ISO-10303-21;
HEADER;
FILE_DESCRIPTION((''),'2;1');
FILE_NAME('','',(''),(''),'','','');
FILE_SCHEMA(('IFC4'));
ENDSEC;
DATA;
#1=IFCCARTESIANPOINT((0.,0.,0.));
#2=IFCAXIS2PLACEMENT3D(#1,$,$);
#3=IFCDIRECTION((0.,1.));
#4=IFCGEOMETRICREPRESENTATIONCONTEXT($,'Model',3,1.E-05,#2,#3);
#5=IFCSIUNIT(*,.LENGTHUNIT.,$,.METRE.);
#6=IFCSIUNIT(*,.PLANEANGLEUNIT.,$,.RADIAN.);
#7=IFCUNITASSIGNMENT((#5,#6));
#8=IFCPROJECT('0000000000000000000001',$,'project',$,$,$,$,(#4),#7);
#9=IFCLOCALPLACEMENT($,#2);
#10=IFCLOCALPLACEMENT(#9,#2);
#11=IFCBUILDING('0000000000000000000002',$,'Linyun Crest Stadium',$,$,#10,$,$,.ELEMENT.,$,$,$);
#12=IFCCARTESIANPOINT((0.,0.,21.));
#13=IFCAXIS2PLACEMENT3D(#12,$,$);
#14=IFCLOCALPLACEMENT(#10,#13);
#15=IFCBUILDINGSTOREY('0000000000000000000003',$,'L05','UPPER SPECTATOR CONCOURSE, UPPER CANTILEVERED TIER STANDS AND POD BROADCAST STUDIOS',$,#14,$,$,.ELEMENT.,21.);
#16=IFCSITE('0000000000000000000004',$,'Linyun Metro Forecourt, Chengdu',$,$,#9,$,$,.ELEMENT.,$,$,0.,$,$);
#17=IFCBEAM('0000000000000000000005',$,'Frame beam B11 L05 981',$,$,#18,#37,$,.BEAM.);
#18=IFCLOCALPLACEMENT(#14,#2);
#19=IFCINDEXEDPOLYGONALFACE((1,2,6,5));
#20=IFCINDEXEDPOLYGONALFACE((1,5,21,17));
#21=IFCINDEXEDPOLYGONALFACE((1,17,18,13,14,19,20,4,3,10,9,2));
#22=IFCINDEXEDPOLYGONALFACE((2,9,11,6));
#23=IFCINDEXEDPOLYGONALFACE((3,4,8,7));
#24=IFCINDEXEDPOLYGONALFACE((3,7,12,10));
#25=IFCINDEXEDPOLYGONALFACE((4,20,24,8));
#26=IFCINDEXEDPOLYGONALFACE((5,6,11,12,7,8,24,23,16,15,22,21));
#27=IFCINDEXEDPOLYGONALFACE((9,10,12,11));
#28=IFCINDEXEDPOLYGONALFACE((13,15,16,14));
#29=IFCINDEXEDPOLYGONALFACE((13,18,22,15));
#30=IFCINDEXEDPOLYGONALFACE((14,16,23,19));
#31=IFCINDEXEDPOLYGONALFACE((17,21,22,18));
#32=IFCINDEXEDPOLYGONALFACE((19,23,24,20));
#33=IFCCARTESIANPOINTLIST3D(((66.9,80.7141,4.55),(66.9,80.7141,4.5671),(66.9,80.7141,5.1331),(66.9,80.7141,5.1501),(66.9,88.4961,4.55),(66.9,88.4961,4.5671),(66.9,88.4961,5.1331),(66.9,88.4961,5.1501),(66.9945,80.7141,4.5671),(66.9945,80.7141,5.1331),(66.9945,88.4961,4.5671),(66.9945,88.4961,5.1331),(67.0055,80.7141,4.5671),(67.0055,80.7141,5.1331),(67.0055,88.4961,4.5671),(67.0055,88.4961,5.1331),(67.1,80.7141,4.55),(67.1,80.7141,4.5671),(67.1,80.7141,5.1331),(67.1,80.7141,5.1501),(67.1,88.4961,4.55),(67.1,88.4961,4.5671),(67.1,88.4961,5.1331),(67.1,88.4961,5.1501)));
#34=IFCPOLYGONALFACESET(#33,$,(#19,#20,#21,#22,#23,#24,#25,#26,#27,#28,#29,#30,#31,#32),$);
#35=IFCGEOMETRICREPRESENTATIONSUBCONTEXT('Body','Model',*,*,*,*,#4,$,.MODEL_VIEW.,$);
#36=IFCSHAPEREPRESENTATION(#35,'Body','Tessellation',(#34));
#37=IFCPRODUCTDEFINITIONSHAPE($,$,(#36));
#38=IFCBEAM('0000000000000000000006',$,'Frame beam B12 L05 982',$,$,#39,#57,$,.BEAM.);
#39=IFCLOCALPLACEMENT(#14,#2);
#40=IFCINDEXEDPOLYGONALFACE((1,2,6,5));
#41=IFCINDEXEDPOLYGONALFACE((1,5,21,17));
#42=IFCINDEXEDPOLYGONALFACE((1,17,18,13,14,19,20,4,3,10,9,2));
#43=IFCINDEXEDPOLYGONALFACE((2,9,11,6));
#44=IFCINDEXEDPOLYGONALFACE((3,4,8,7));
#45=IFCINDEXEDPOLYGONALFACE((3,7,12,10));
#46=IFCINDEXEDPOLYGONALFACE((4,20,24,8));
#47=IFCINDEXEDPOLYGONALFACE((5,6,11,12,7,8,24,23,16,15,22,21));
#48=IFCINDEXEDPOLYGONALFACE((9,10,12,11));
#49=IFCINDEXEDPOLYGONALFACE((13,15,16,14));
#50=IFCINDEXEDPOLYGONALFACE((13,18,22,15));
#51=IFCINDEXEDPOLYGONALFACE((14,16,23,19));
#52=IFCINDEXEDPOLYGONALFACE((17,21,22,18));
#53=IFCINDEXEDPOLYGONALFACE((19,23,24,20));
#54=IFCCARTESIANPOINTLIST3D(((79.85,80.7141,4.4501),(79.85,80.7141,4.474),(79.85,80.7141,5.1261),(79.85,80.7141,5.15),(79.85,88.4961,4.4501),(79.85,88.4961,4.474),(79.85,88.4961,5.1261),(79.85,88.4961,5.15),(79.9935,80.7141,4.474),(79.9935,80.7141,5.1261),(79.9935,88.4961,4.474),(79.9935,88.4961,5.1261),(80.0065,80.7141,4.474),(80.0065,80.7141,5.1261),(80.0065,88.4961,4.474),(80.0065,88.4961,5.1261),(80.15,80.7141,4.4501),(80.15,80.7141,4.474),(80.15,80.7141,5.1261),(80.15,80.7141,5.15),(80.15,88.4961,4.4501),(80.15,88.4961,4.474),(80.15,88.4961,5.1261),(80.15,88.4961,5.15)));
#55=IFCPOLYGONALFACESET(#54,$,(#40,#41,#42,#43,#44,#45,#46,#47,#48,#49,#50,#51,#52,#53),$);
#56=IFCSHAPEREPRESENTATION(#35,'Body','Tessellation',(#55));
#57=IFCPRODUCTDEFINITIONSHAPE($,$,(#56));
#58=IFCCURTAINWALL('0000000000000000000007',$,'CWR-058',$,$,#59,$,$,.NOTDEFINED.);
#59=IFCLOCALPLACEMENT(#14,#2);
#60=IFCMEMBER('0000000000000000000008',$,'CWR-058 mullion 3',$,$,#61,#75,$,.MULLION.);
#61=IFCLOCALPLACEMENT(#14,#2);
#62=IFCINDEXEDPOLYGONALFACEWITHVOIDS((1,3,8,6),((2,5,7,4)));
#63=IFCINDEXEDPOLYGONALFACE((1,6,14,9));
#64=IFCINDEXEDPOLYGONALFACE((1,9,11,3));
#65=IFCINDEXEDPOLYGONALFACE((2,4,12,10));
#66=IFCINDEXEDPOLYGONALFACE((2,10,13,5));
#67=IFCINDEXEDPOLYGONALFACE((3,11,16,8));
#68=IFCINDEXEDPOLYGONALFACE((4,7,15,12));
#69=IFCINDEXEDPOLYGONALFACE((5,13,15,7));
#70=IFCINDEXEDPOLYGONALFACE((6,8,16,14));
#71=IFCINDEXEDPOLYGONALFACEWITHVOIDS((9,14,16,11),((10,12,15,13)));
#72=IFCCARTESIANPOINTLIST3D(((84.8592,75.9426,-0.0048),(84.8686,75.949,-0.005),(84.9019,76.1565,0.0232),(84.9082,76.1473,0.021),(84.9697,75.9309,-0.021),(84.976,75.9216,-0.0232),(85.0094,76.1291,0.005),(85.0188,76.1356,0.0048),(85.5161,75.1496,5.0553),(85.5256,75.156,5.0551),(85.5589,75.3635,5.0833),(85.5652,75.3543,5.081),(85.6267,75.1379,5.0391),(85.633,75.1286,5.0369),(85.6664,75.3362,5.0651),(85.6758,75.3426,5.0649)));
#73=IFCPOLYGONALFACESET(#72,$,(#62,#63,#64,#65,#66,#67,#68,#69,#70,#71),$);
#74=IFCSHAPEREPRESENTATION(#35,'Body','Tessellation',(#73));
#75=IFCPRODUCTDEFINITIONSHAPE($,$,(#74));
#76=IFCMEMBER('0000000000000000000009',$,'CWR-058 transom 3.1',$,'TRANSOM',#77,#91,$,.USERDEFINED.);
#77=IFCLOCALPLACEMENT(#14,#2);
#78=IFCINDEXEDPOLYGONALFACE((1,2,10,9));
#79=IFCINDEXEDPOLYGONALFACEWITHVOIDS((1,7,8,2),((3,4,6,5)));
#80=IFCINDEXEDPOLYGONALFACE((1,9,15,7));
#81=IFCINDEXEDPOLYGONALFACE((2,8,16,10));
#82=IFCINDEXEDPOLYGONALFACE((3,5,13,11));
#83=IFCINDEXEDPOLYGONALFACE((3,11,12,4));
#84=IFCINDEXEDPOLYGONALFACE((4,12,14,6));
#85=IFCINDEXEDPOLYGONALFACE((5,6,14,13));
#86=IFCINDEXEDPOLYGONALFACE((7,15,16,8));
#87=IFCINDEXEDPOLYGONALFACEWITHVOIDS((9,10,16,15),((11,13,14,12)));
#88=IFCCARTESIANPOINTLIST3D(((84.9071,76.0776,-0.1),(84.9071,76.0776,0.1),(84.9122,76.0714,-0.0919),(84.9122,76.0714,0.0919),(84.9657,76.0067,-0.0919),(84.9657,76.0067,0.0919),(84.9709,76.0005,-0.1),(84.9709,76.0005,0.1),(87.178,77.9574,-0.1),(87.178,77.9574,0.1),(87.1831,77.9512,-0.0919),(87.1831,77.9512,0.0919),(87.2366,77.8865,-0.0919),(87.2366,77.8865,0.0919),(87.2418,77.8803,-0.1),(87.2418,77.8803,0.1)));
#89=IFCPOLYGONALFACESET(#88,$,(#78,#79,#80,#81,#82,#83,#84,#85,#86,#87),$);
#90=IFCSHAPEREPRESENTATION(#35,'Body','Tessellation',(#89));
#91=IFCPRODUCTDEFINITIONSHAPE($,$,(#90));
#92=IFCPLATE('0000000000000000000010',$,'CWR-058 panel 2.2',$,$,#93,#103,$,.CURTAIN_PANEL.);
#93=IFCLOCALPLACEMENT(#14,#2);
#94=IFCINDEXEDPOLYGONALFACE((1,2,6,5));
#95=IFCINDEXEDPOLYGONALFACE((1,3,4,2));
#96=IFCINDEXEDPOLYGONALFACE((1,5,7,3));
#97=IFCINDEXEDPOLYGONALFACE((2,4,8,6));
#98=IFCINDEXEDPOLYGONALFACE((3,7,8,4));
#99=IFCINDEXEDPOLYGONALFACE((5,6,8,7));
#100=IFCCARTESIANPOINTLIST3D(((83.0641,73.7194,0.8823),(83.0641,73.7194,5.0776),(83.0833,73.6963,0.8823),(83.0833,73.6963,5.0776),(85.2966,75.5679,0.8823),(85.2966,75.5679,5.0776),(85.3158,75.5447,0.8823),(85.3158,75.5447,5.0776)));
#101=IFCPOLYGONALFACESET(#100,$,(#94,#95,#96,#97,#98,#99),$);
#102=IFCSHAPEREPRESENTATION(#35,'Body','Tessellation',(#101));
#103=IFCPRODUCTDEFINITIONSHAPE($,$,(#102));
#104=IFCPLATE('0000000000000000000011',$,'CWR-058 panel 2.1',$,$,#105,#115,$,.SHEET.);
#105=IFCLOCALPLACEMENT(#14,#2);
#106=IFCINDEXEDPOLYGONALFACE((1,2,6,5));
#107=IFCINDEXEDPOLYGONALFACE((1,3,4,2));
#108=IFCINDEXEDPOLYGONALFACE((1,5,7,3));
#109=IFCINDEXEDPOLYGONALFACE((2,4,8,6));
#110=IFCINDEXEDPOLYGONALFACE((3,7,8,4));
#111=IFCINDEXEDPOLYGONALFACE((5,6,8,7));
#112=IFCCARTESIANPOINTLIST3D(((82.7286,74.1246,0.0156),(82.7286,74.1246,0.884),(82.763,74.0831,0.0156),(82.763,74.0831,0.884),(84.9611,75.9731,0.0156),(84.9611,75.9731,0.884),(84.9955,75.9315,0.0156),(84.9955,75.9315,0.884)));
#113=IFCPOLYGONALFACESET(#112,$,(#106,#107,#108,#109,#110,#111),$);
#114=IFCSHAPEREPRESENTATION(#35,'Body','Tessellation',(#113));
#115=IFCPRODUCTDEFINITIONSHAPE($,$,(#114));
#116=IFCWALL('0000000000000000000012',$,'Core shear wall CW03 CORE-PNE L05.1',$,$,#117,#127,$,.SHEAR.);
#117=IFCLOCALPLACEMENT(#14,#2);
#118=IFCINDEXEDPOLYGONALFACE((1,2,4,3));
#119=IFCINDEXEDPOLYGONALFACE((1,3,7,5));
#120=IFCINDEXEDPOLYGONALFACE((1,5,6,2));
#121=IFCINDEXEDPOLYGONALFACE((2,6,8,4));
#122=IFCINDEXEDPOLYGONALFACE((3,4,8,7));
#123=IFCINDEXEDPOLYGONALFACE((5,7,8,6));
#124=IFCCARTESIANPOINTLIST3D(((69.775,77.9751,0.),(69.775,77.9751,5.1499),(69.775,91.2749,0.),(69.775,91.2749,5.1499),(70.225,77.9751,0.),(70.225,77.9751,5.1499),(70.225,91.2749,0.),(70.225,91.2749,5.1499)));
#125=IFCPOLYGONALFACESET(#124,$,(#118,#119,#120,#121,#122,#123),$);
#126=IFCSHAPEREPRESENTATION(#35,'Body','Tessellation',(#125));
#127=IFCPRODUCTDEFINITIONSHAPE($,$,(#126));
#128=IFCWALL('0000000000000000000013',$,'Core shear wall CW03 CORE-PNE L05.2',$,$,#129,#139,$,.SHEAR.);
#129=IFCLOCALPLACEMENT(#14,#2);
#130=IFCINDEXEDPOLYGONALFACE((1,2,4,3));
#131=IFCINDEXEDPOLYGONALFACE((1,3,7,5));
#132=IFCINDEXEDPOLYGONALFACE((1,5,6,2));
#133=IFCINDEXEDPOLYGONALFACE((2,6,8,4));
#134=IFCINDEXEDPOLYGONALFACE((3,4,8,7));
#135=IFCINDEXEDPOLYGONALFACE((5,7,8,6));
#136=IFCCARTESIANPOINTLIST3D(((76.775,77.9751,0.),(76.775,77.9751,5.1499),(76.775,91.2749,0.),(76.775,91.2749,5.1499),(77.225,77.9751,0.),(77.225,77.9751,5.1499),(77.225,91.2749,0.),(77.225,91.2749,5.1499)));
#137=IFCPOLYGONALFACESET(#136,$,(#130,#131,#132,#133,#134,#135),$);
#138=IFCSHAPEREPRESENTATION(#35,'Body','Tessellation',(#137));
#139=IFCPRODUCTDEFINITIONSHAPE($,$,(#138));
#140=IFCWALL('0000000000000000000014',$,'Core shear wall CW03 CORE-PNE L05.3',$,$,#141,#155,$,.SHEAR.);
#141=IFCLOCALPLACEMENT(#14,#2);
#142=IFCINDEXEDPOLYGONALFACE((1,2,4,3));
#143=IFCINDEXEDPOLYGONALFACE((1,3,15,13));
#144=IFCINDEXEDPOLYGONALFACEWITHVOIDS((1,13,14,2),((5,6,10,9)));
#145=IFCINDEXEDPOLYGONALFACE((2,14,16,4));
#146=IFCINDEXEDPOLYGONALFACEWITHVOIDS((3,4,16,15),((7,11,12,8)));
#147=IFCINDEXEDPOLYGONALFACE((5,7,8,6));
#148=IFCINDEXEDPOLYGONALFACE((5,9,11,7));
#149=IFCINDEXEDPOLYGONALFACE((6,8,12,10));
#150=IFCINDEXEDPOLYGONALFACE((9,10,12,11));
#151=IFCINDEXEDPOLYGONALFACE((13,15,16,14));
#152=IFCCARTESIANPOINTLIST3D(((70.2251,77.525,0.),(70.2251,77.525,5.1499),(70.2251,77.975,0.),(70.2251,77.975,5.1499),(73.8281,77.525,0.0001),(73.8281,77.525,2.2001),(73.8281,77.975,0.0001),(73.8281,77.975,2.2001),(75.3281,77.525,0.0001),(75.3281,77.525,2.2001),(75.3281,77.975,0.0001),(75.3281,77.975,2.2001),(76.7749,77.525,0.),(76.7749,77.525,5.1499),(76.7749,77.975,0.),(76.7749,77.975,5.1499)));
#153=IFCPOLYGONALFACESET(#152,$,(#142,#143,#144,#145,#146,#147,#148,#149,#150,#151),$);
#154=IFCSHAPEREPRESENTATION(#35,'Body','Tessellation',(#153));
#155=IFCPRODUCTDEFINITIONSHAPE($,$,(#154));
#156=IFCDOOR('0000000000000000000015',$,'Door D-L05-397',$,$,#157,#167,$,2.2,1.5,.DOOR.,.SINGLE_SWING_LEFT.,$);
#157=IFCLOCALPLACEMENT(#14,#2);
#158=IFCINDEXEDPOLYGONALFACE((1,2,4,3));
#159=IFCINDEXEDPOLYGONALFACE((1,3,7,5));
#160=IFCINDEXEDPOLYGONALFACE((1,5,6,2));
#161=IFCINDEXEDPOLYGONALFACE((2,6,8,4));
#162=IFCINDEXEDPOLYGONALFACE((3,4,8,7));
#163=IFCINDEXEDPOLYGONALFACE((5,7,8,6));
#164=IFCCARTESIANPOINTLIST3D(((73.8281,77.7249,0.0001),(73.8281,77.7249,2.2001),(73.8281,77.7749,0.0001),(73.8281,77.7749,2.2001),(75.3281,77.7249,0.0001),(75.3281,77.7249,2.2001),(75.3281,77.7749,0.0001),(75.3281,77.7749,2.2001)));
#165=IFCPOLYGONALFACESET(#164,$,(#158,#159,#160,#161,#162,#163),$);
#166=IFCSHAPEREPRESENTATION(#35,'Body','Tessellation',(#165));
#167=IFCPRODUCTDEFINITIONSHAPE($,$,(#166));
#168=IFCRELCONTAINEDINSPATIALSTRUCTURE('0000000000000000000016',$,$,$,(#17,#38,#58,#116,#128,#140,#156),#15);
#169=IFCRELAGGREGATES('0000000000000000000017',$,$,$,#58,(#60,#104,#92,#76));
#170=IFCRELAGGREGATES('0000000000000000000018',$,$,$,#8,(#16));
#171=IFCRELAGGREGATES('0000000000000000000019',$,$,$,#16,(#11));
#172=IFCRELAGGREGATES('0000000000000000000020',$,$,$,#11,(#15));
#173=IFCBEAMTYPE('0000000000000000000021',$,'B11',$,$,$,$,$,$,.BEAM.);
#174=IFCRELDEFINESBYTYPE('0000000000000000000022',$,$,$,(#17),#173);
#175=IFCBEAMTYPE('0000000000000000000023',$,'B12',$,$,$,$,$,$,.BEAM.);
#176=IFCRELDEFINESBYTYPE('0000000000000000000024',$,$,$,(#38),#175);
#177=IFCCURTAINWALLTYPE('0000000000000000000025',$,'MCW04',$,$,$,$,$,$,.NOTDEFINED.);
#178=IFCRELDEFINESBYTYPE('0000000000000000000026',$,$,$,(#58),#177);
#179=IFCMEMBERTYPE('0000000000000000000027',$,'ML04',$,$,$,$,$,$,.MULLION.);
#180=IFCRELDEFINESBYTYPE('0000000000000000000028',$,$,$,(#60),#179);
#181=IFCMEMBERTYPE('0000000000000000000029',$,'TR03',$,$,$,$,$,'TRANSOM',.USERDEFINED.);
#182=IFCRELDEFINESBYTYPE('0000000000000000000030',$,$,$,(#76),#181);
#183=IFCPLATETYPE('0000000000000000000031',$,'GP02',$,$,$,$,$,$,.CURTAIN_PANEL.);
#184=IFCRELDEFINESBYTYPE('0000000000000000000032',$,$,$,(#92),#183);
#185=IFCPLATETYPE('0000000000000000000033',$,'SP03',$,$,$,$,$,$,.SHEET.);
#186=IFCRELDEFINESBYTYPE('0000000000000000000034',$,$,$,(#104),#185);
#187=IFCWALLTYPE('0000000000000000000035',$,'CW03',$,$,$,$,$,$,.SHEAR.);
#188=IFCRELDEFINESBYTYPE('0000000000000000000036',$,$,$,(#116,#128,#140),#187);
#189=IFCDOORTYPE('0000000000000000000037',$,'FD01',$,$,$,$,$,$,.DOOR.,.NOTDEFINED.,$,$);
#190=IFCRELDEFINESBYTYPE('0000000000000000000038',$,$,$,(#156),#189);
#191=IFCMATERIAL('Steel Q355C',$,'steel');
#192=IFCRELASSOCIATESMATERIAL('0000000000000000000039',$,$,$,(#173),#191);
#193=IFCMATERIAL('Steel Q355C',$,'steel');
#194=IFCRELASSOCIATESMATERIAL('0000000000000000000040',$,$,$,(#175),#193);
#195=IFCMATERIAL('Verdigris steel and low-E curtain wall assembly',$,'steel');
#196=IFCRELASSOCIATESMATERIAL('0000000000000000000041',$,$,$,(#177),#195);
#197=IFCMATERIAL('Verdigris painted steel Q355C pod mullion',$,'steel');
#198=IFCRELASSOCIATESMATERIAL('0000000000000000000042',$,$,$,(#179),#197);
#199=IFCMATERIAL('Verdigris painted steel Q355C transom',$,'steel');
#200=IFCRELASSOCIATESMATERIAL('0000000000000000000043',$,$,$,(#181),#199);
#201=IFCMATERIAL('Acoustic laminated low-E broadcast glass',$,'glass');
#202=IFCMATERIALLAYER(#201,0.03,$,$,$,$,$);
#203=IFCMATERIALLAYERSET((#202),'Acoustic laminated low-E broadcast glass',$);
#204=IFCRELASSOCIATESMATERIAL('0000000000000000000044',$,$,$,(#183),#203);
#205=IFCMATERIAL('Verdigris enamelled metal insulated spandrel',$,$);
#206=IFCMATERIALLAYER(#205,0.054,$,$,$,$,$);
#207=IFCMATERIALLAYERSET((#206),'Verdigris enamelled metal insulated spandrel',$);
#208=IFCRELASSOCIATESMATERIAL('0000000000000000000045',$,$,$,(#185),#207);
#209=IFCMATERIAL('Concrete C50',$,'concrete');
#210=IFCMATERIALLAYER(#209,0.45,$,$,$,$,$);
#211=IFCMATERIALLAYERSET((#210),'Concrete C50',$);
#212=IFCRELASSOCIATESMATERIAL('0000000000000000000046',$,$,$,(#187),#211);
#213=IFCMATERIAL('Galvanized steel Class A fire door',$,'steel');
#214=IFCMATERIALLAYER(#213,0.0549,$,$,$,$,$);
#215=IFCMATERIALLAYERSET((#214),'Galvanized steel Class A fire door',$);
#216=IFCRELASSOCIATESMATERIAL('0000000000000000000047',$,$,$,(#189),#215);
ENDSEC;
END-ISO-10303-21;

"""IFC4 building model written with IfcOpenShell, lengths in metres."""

from ifc_helpers import new_model, si_unit, direction, frame, frame_2d, origin, origin_2d, place, context, subcontext, project, spatial, rectangle, hollow_rectangle, i_section, extrude, material, layer, layer_set, material_profile, profile_set, type_object, element, fill, aggregate, save


model = new_model("IFC4")

# Units and contexts
model_context = context("Model", 3, precision=1e-05, world=origin(), true_north=direction((0.0, 1.0)))
body_context = subcontext(model_context, "Body", "Model", "MODEL_VIEW")
ifc_project = project(units=[si_unit("LENGTHUNIT", "METRE"), si_unit("PLANEANGLEUNIT", "RADIAN")], contexts=[model_context])

# Site, building, storey
site_placement = place(None, origin())
site = spatial("IfcSite", under=ifc_project, at=site_placement, Name="Linyun Metro Forecourt, Chengdu", CompositionType="ELEMENT", RefElevation=0.0)
building_placement = place(site_placement, origin())
building = spatial("IfcBuilding", under=site, at=building_placement, Name="Linyun Crest Stadium", CompositionType="ELEMENT")
storey_placement = place(building_placement, frame((0.0, 0.0, 21.0)))
storey = spatial("IfcBuildingStorey", under=building, at=storey_placement, Name="L05", Description="UPPER SPECTATOR CONCOURSE, UPPER CANTILEVERED TIER STANDS AND POD BROADCAST STUDIOS", CompositionType="ELEMENT", Elevation=21.0)

# Beams
ifc_material_1 = material(Name="Steel Q355C", Category="steel")
ifc_material_profile_1 = material_profile(ifc_material_1, i_section(OverallWidth=0.2, OverallDepth=0.6001, WebThickness=0.011, FlangeThickness=0.0171, at=origin_2d()), Name="HN 600x200")
ifc_profile_set_1 = profile_set([ifc_material_profile_1], Name="Steel Q355C")
beam_type_1 = type_object("IfcBeamType", Name="B11", PredefinedType="BEAM", material=ifc_profile_set_1)
beam_1_placement = place(storey_placement, frame((67.0, 80.7141, 4.8501), z_axis=(0.0, 1.0, 0.0), x_axis=(-1.0, 0.0, 0.0)))
element("IfcBeam", 1, at=beam_1_placement, inside=storey, type_object=beam_type_1, Name="Frame beam B11 L05 981", PredefinedType="BEAM", context=body_context, shape_type="SweptSolid", body=[
    extrude(i_section(OverallWidth=0.2, OverallDepth=0.6001, WebThickness=0.011, FlangeThickness=0.0171, at=origin_2d()), origin(), (0.0, 0.0, 1.0), 7.782),
])
ifc_material_2 = material(Name="Steel Q355C", Category="steel")
ifc_material_profile_2 = material_profile(ifc_material_2, i_section(OverallWidth=0.3, OverallDepth=0.7, WebThickness=0.0129, FlangeThickness=0.0239, at=origin_2d()), Name="HN 700x300")
ifc_profile_set_2 = profile_set([ifc_material_profile_2], Name="Steel Q355C")
beam_type_2 = type_object("IfcBeamType", Name="B12", PredefinedType="BEAM", material=ifc_profile_set_2)
beam_2_placement = place(storey_placement, frame((80.0, 80.7141, 4.8), z_axis=(0.0, 1.0, 0.0), x_axis=(-1.0, 0.0, 0.0)))
element("IfcBeam", 2, at=beam_2_placement, inside=storey, type_object=beam_type_2, Name="Frame beam B12 L05 982", PredefinedType="BEAM", context=body_context, shape_type="SweptSolid", body=[
    extrude(i_section(OverallWidth=0.3, OverallDepth=0.7, WebThickness=0.0129, FlangeThickness=0.0239, at=origin_2d()), origin(), (0.0, 0.0, 1.0), 7.782),
])

# Curtain wall, members, plates
ifc_material_3 = material(Name="Verdigris steel and low-E curtain wall assembly", Category="steel")
curtain_wall_type = type_object("IfcCurtainWallType", Name="MCW04", PredefinedType="NOTDEFINED", material=ifc_material_3)
curtain_wall_placement = place(storey_placement, origin())
curtain_wall = element("IfcCurtainWall", 3, at=curtain_wall_placement, inside=storey, type_object=curtain_wall_type, Name="CWR-058", PredefinedType="NOTDEFINED")
ifc_material_4 = material(Name="Verdigris painted steel Q355C pod mullion", Category="steel")
ifc_material_profile_3 = material_profile(ifc_material_4, hollow_rectangle(XDim=0.1201, YDim=0.22, WallThickness=0.0081, at=origin_2d()), Name="RHS 220x120x8")
ifc_profile_set_3 = profile_set([ifc_material_profile_3], Name="Verdigris painted steel Q355C pod mullion")
member_type_1 = type_object("IfcMemberType", Name="ML04", PredefinedType="MULLION", material=ifc_profile_set_3)
member_1_placement = place(storey_placement, frame((84.939, 76.0391, 0.0), z_axis=(0.127229, -0.153564, 0.979914), x_axis=(-0.972619, 0.174403, 0.153613)))
member_1 = element("IfcMember", 4, at=member_1_placement, type_object=member_type_1, Name="CWR-058 mullion 3", PredefinedType="MULLION", context=body_context, shape_type="SweptSolid", body=[
    extrude(hollow_rectangle(XDim=0.1201, YDim=0.22, WallThickness=0.0081, at=origin_2d()), origin(), (0.0, 0.0, 1.0), 5.1638),
])
ifc_material_5 = material(Name="Verdigris painted steel Q355C transom", Category="steel")
ifc_material_profile_4 = material_profile(ifc_material_5, hollow_rectangle(XDim=0.1001, YDim=0.2, WallThickness=0.0081, at=origin_2d()), Name="RHS 200x100x8")
ifc_profile_set_4 = profile_set([ifc_material_profile_4], Name="Verdigris painted steel Q355C transom")
member_type_2 = type_object("IfcMemberType", Name="TR03", ElementType="TRANSOM", PredefinedType="USERDEFINED", material=ifc_profile_set_4)
member_2_placement = place(storey_placement, frame((84.939, 76.0391, 0.0), z_axis=(0.770321, 0.637656, 0.0), x_axis=(-0.637656, 0.770321, 0.0)))
member_2 = element("IfcMember", 5, at=member_2_placement, type_object=member_type_2, Name="CWR-058 transom 3.1", ObjectType="TRANSOM", PredefinedType="USERDEFINED", context=body_context, shape_type="SweptSolid", body=[
    extrude(hollow_rectangle(XDim=0.1001, YDim=0.2, WallThickness=0.0081, at=origin_2d()), origin(), (0.0, 0.0, 1.0), 2.948),
])
ifc_material_6 = material(Name="Acoustic laminated low-E broadcast glass", Category="glass")
ifc_layer_1 = layer(ifc_material_6, 0.03)
ifc_layer_set_1 = layer_set([ifc_layer_1], Name="Acoustic laminated low-E broadcast glass")
plate_type_1 = type_object("IfcPlateType", Name="GP02", PredefinedType="CURTAIN_PANEL", material=ifc_layer_set_1)
plate_1_placement = place(storey_placement, frame((84.1899, 74.6321, 0.8823), z_axis=(0.0, 0.0, 1.0), x_axis=(0.770246, 0.637747, 0.0)))
plate_1 = element("IfcPlate", 6, at=plate_1_placement, type_object=plate_type_1, Name="CWR-058 panel 2.2", PredefinedType="CURTAIN_PANEL", context=body_context, shape_type="SweptSolid", body=[
    extrude(rectangle(XDim=2.8984, YDim=0.03, at=origin_2d()), origin(), (0.0, 0.0, 1.0), 4.1953),
])
ifc_material_7 = material(Name="Verdigris enamelled metal insulated spandrel")
ifc_layer_2 = layer(ifc_material_7, 0.054)
ifc_layer_set_2 = layer_set([ifc_layer_2], Name="Verdigris enamelled metal insulated spandrel")
plate_type_2 = type_object("IfcPlateType", Name="SP03", PredefinedType="SHEET", material=ifc_layer_set_2)
plate_2_placement = place(storey_placement, frame((83.8621, 75.0281, 0.0156), z_axis=(0.0, 0.0, 1.0), x_axis=(0.770246, 0.637747, 0.0)))
plate_2 = element("IfcPlate", 7, at=plate_2_placement, type_object=plate_type_2, Name="CWR-058 panel 2.1", PredefinedType="SHEET", context=body_context, shape_type="SweptSolid", body=[
    extrude(rectangle(XDim=2.8984, YDim=0.054, at=origin_2d()), origin(), (0.0, 0.0, 1.0), 0.8684),
])
aggregate(curtain_wall, [member_1, plate_2, plate_1, member_2])

# Walls
ifc_material_8 = material(Name="Concrete C50", Category="concrete")
ifc_layer_3 = layer(ifc_material_8, 0.45)
ifc_layer_set_3 = layer_set([ifc_layer_3], Name="Concrete C50")
wall_type_1 = type_object("IfcWallType", Name="CW03", PredefinedType="SHEAR", material=ifc_layer_set_3)
for number, where, z_axis, x_axis, name in (
    (8, (70.0, 77.9751, 0.0), (0.0, 0.0, 1.0), (0.0, 1.0, 0.0), "Core shear wall CW03 CORE-PNE L05.1"),
    (9, (77.0, 77.9751, 0.0), (0.0, 0.0, 1.0), (0.0, 1.0, 0.0), "Core shear wall CW03 CORE-PNE L05.2"),
):
    element("IfcWall", number, at=place(storey_placement, frame(where, z_axis=z_axis, x_axis=x_axis)), inside=storey, type_object=wall_type_1, Name=name, PredefinedType="SHEAR", context=body_context, shape_type="SweptSolid", body=[
        extrude(rectangle(XDim=13.2998, YDim=0.45, at=frame_2d((6.6499, 0.0))), origin(), (0.0, 0.0, 1.0), 5.1499),
    ])

# Wall, opening, door
wall_1_placement = place(storey_placement, frame((70.2251, 77.75, 0.0), z_axis=(0.0, 0.0, 1.0), x_axis=(1.0, 0.0, 0.0)))
wall_1 = element("IfcWall", 10, at=wall_1_placement, inside=storey, type_object=wall_type_1, Name="Core shear wall CW03 CORE-PNE L05.3", PredefinedType="SHEAR", context=body_context, shape_type="SweptSolid", body=[
    extrude(rectangle(XDim=6.5498, YDim=0.45, at=frame_2d((3.2749, 0.0))), origin(), (0.0, 0.0, 1.0), 5.1499),
])
opening_1_placement = place(wall_1_placement, frame((3.603, 0.0, 0.0)))
opening_1 = element("IfcOpeningElement", 11, at=opening_1_placement, cuts=wall_1, PredefinedType="OPENING", context=body_context, shape_type="SweptSolid", body=[
    extrude(rectangle(XDim=1.5, YDim=2.2, at=frame_2d((0.75, 1.1001))), frame((0.0, 0.2349, 0.0), z_axis=(0.0, -1.0, 0.0), x_axis=(1.0, 0.0, 0.0)), (0.0, 0.0, 1.0), 0.47),
])
ifc_material_9 = material(Name="Galvanized steel Class A fire door", Category="steel")
ifc_layer_4 = layer(ifc_material_9, 0.0549)
ifc_layer_set_4 = layer_set([ifc_layer_4], Name="Galvanized steel Class A fire door")
door_type_1 = type_object("IfcDoorType", Name="FD01", OperationType="NOTDEFINED", PredefinedType="DOOR", material=ifc_layer_set_4)
door_1_placement = place(opening_1_placement, origin())
door_1 = element("IfcDoor", 12, at=door_1_placement, inside=storey, type_object=door_type_1, Name="Door D-L05-397", OperationType="SINGLE_SWING_LEFT", OverallHeight=2.2, OverallWidth=1.5, PredefinedType="DOOR", context=body_context, shape_type="SweptSolid", body=[
    extrude(rectangle(XDim=1.5, YDim=2.2, at=frame_2d((0.75, 1.1001))), frame((0.0, 0.0249, 0.0), z_axis=(0.0, -1.0, 0.0), x_axis=(1.0, 0.0, 0.0)), (0.0, 0.0, 1.0), 0.05),
])
fill(opening_1, door_1)

save(model, "model.ifc")
